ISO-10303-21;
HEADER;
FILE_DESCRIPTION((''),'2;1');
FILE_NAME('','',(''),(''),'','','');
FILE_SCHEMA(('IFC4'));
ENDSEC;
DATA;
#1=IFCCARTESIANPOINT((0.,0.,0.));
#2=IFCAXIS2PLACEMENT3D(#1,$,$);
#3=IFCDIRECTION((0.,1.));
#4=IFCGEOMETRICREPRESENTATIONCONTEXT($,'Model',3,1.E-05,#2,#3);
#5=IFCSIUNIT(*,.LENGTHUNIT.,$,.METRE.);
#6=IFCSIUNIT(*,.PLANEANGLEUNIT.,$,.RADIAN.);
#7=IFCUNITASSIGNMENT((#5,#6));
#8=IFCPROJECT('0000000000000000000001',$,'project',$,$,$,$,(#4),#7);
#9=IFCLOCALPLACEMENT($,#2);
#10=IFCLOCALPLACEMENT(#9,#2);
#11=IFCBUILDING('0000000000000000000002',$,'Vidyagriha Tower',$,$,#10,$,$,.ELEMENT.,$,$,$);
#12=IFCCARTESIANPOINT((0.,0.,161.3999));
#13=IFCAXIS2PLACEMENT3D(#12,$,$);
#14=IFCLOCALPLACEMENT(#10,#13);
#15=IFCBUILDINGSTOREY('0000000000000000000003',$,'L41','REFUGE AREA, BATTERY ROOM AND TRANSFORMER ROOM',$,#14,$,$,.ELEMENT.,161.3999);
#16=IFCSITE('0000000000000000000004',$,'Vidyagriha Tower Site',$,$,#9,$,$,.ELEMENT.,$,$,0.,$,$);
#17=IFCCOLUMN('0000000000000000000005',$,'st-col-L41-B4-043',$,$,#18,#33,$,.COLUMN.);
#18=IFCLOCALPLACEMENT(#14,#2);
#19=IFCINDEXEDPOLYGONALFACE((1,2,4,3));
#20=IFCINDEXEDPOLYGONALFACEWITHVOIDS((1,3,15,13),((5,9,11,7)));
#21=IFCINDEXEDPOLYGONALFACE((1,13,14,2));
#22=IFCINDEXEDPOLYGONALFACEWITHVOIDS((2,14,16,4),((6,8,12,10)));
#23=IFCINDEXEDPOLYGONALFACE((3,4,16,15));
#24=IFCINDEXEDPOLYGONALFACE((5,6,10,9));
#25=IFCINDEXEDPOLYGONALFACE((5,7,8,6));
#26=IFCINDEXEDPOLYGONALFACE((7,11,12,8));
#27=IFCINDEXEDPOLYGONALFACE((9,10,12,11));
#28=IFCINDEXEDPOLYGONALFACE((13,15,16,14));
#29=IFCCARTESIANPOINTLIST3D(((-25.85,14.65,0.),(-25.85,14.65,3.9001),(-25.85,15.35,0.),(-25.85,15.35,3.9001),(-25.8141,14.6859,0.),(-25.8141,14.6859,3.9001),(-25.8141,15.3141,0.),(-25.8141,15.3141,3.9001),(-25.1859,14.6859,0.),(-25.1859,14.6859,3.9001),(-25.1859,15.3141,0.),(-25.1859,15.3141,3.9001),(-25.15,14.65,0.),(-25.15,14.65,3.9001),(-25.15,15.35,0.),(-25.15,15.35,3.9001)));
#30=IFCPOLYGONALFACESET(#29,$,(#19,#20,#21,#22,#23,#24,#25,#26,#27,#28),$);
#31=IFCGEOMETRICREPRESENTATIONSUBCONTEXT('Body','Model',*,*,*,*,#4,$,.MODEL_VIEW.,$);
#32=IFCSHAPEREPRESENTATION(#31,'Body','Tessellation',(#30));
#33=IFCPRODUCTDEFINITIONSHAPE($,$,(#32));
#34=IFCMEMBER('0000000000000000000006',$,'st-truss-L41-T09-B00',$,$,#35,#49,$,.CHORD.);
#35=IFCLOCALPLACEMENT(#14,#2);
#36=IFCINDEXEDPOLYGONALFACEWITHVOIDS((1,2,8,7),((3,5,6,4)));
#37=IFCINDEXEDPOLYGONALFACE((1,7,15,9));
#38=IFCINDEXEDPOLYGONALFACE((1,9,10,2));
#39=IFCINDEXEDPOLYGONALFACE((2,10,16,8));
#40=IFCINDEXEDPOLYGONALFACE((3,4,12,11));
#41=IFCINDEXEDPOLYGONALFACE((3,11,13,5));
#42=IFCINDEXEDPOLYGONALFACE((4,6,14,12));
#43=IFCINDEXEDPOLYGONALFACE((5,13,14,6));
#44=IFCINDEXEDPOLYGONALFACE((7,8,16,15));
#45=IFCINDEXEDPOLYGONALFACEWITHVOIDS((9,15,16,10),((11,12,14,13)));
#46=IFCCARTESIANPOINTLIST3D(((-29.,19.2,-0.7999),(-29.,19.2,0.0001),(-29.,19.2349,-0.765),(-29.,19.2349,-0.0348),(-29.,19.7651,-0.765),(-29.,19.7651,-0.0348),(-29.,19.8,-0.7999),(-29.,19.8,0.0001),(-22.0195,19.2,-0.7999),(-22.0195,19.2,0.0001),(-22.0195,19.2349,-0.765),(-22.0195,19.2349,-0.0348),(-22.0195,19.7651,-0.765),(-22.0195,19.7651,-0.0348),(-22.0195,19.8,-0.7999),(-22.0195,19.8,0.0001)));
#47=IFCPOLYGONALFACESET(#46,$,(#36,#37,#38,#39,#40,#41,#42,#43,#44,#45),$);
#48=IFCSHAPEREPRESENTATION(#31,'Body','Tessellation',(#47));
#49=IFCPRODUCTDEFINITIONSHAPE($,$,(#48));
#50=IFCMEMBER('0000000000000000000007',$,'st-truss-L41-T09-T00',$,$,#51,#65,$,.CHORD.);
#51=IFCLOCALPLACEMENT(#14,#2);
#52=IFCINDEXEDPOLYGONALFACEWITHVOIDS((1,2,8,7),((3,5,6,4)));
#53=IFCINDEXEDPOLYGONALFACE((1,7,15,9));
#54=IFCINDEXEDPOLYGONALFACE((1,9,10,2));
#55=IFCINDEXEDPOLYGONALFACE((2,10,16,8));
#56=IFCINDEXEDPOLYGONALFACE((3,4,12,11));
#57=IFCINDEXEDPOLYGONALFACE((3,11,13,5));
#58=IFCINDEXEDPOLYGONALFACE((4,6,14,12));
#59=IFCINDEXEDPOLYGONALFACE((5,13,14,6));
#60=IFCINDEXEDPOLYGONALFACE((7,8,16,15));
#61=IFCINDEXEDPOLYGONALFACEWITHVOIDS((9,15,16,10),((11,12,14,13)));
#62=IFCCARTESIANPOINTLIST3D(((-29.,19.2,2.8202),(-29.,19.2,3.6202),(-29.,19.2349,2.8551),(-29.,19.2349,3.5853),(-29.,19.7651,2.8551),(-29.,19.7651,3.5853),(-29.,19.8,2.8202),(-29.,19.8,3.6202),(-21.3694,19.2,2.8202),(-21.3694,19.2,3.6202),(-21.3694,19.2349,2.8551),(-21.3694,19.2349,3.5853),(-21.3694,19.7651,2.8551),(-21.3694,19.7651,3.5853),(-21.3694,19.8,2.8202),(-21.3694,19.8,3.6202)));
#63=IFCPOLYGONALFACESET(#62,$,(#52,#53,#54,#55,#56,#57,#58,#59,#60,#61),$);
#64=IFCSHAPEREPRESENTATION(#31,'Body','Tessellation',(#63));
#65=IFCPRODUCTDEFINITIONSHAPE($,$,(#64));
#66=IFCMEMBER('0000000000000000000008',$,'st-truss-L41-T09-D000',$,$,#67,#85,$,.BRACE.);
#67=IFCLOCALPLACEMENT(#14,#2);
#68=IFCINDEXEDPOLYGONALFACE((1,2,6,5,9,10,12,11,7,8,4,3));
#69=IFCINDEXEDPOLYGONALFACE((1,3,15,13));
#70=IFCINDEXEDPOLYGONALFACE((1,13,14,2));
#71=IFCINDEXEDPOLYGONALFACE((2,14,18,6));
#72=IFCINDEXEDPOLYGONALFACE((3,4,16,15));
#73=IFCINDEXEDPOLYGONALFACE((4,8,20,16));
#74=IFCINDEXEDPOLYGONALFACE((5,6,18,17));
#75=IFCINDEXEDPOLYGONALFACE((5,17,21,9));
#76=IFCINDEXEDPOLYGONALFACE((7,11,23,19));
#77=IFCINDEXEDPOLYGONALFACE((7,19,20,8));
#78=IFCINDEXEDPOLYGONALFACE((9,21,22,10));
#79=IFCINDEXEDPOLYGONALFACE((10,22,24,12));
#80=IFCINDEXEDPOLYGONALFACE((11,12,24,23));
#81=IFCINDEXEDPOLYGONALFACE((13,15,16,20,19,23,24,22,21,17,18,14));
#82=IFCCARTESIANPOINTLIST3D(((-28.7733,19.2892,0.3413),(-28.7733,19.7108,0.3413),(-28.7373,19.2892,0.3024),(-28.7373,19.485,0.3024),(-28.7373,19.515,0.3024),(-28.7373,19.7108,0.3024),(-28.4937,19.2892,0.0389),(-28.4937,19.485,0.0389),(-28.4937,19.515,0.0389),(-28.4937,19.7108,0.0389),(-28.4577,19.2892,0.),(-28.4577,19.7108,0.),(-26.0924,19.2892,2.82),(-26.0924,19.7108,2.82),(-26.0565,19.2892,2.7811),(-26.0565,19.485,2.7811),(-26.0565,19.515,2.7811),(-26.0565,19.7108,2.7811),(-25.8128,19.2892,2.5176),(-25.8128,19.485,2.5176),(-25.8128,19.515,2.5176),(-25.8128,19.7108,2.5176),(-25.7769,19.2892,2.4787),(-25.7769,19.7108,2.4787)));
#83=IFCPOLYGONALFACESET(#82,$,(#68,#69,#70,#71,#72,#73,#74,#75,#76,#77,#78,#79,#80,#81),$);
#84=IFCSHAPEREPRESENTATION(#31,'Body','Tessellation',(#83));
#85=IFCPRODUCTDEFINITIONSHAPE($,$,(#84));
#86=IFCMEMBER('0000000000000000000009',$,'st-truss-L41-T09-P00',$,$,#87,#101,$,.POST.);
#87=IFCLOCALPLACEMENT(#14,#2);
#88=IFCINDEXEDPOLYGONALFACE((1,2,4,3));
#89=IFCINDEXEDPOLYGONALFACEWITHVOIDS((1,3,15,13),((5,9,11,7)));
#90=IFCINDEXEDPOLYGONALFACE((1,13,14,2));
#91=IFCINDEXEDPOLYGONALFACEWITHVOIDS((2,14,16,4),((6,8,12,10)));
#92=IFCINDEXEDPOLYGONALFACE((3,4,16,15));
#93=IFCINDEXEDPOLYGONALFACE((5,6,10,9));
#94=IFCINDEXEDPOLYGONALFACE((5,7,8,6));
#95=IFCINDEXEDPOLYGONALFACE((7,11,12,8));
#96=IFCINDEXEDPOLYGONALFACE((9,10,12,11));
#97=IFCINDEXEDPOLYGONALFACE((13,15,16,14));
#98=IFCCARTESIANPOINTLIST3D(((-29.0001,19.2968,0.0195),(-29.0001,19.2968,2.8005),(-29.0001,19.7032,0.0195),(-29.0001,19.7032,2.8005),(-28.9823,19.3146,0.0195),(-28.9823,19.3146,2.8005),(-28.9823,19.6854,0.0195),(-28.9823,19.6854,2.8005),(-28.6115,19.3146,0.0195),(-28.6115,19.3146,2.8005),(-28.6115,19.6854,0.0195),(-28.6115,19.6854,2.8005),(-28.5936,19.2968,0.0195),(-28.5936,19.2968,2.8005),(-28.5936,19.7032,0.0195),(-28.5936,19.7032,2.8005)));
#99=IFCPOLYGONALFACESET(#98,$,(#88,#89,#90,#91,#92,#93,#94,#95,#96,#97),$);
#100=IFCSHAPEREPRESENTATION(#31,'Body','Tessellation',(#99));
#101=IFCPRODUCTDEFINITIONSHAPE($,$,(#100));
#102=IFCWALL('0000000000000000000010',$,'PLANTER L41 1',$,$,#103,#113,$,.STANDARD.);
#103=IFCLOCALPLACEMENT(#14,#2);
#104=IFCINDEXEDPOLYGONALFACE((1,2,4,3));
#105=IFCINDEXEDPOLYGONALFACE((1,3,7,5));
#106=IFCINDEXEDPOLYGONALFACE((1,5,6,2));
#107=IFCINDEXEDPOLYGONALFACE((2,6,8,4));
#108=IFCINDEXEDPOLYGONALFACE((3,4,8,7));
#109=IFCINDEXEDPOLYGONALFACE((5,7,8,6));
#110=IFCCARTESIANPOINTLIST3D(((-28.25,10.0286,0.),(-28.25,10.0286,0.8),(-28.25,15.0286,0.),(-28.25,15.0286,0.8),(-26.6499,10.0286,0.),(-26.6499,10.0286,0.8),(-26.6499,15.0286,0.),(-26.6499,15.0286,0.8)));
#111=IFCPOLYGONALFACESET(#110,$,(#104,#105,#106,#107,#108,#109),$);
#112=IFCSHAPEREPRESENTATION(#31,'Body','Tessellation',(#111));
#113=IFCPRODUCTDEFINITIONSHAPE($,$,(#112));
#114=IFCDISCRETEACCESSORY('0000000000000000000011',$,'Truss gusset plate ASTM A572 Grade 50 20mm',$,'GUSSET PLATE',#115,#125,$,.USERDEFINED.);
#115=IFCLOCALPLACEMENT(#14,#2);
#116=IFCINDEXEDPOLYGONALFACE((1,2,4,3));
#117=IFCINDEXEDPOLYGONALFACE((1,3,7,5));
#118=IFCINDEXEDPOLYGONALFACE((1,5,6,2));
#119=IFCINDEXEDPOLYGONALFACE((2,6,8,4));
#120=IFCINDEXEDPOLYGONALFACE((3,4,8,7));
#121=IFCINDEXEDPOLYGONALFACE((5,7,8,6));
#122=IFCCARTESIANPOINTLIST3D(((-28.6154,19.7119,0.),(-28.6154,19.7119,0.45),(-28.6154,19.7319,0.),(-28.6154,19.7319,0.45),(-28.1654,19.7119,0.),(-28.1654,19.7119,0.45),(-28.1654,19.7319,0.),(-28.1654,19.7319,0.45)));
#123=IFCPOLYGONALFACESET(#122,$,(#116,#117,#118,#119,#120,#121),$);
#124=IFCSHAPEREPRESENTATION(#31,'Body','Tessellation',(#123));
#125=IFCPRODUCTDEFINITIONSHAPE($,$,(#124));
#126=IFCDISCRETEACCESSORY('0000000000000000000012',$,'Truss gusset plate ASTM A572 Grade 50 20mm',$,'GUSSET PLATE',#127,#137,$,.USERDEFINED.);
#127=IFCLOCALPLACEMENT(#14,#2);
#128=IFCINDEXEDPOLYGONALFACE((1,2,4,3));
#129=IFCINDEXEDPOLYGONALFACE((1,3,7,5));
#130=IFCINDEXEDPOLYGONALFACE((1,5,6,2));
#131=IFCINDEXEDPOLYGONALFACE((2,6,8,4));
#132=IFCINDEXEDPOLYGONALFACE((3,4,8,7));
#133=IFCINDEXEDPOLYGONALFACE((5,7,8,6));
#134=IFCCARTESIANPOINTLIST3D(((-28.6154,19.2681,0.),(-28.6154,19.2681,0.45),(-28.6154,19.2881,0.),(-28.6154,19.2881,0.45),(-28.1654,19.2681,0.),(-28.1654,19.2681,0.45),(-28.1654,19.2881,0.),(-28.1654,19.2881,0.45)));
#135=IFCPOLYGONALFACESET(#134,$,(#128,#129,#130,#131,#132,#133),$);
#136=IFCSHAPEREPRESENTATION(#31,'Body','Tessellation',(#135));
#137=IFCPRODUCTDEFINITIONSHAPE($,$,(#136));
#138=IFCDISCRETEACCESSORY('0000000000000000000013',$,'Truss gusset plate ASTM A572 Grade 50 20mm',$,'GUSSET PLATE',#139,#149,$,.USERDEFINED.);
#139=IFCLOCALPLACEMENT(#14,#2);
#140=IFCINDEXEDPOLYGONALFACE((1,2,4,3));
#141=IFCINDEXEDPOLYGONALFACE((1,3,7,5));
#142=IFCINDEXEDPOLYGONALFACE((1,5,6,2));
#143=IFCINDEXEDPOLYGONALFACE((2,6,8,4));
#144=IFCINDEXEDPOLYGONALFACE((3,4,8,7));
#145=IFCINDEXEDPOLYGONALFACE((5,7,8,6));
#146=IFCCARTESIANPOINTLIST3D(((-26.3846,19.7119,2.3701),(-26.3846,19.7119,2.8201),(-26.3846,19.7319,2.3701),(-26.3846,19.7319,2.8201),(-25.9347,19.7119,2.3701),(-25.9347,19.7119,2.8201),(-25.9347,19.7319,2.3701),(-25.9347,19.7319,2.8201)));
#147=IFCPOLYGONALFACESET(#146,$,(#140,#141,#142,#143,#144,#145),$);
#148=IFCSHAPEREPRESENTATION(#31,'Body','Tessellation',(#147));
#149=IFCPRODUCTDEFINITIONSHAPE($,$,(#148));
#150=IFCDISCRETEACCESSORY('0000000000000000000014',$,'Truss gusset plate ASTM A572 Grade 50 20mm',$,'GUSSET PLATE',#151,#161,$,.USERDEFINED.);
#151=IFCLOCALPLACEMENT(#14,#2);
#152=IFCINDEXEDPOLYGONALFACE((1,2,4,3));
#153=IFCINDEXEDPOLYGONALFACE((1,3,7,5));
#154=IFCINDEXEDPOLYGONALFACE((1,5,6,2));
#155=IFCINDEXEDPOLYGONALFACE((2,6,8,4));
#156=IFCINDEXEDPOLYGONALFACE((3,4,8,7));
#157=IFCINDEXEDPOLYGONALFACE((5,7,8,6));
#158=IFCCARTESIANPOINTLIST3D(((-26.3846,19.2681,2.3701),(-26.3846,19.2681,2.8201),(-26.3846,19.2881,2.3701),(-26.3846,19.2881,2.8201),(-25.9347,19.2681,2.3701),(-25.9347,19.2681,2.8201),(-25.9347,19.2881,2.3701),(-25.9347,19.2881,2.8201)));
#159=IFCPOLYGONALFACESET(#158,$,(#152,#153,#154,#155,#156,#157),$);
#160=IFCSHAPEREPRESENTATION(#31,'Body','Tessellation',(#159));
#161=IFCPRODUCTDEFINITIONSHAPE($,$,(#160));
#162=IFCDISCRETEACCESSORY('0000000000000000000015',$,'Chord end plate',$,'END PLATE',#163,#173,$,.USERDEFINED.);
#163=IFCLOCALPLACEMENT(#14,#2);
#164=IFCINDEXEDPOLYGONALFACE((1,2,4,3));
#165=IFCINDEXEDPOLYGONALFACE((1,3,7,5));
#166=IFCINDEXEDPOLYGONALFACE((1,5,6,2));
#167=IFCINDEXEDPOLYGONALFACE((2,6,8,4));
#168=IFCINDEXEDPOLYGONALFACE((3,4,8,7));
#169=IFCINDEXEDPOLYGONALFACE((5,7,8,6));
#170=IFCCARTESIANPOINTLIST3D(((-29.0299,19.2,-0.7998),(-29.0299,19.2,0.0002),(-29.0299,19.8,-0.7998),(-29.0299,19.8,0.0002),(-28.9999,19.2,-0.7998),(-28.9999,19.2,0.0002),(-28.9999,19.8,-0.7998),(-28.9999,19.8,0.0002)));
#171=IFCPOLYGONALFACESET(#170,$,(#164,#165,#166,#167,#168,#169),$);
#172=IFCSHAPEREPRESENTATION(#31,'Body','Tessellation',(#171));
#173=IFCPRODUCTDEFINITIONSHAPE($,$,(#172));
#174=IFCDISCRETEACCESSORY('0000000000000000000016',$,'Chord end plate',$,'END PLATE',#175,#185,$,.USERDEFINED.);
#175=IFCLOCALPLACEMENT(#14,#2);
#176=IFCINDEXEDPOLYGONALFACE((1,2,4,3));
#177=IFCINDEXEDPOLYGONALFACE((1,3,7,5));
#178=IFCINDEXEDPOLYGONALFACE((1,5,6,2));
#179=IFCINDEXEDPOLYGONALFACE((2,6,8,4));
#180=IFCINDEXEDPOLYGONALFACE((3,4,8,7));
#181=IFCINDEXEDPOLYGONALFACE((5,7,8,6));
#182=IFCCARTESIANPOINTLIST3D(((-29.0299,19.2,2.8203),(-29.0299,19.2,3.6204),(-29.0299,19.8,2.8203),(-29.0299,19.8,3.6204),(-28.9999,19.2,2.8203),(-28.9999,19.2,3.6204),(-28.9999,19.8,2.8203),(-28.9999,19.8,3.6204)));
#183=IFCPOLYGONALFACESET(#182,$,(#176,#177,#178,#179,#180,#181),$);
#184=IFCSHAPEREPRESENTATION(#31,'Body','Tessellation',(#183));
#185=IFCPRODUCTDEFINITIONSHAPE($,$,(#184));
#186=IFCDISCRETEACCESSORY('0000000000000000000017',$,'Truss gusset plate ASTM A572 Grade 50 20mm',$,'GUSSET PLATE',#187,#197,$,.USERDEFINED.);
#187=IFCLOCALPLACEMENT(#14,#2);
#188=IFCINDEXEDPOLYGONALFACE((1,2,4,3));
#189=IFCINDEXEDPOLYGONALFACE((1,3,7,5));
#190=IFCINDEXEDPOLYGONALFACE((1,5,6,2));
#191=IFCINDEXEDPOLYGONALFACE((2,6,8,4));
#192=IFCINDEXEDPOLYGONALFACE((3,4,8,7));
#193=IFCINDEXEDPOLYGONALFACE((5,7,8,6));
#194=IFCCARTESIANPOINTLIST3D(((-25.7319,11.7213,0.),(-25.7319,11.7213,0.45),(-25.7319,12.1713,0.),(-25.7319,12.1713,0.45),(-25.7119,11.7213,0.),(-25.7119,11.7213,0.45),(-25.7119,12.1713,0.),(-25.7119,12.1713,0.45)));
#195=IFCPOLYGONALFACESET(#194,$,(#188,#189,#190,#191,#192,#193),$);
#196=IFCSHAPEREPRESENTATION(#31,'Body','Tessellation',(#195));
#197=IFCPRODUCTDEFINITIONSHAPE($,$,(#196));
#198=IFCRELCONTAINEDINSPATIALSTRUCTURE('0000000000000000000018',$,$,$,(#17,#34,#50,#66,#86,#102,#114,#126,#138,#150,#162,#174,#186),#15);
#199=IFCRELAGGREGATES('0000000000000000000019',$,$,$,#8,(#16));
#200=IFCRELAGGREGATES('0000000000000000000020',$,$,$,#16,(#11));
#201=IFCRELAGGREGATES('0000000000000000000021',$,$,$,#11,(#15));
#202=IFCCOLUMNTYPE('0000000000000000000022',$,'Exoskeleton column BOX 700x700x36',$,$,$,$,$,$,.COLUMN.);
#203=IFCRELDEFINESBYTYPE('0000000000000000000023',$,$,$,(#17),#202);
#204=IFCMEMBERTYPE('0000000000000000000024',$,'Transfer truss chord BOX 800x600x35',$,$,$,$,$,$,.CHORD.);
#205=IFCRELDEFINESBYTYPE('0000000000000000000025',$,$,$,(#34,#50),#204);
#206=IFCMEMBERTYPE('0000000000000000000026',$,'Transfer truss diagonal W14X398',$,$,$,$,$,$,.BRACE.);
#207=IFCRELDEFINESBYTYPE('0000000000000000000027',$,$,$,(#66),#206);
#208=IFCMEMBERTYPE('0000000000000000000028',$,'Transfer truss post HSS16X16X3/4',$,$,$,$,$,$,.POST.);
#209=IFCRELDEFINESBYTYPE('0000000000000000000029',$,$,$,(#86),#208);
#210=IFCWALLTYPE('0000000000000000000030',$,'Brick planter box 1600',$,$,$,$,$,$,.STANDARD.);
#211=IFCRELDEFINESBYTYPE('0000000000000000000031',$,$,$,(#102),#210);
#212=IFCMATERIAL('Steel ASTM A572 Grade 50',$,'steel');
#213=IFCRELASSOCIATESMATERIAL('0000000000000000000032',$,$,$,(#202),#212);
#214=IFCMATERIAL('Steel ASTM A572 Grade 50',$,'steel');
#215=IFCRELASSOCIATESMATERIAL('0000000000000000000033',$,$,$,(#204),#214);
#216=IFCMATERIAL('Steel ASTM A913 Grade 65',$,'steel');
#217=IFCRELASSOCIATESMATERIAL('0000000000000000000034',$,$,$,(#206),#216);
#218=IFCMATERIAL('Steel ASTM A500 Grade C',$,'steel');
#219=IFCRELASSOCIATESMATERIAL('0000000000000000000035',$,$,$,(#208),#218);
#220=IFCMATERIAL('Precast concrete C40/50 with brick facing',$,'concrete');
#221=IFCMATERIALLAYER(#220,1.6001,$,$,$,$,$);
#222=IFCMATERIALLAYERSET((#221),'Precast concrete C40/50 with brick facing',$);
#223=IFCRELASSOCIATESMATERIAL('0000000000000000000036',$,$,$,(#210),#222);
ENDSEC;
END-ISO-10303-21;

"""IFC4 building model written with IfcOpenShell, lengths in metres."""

from ifc_helpers import new_model, si_unit, direction, frame, frame_2d, origin, origin_2d, place, context, subcontext, project, spatial, rectangle, hollow_rectangle, i_section, extrude, material, layer, layer_set, material_profile, profile_set, type_object, element, save


model = new_model("IFC4")

# Units and contexts
model_context = context("Model", 3, precision=1e-05, world=origin(), true_north=direction((0.0, 1.0)))
body_context = subcontext(model_context, "Body", "Model", "MODEL_VIEW")
ifc_project = project(units=[si_unit("LENGTHUNIT", "METRE"), si_unit("PLANEANGLEUNIT", "RADIAN")], contexts=[model_context])

# Site, building, storey
site_placement = place(None, origin())
site = spatial("IfcSite", under=ifc_project, at=site_placement, Name="Vidyagriha Tower Site", CompositionType="ELEMENT", RefElevation=0.0)
building_placement = place(site_placement, origin())
building = spatial("IfcBuilding", under=site, at=building_placement, Name="Vidyagriha Tower", CompositionType="ELEMENT")
storey_placement = place(building_placement, frame((0.0, 0.0, 161.3999)))
storey = spatial("IfcBuildingStorey", under=building, at=storey_placement, Name="L41", Description="REFUGE AREA, BATTERY ROOM AND TRANSFORMER ROOM", CompositionType="ELEMENT", Elevation=161.3999)

# Column
ifc_material_1 = material(Name="Steel ASTM A572 Grade 50", Category="steel")
ifc_material_profile_1 = material_profile(ifc_material_1, hollow_rectangle(XDim=0.7, YDim=0.7, WallThickness=0.0359, at=origin_2d()), Name="BOX 700x700x36")
ifc_profile_set_1 = profile_set([ifc_material_profile_1], Name="Steel ASTM A572 Grade 50")
column_type = type_object("IfcColumnType", Name="Exoskeleton column BOX 700x700x36", PredefinedType="COLUMN", material=ifc_profile_set_1)
column_placement = place(storey_placement, frame((-25.5, 15.0, 0.0)))
element("IfcColumn", 1, at=column_placement, inside=storey, type_object=column_type, Name="st-col-L41-B4-043", PredefinedType="COLUMN", context=body_context, shape_type="SweptSolid", body=[
    extrude(hollow_rectangle(XDim=0.7, YDim=0.7, WallThickness=0.0359, at=origin_2d()), origin(), (0.0, 0.0, 1.0), 3.9001),
])

# Members
ifc_material_2 = material(Name="Steel ASTM A572 Grade 50", Category="steel")
ifc_material_profile_2 = material_profile(ifc_material_2, hollow_rectangle(XDim=0.6001, YDim=0.8, WallThickness=0.0349, at=origin_2d()), Name="BOX 800x600x35")
ifc_profile_set_2 = profile_set([ifc_material_profile_2], Name="Steel ASTM A572 Grade 50")
member_type_1 = type_object("IfcMemberType", Name="Transfer truss chord BOX 800x600x35", PredefinedType="CHORD", material=ifc_profile_set_2)
member_1_placement = place(storey_placement, frame((-29.0, 19.5, -0.3999), z_axis=(1.0, 0.0, 0.0), x_axis=(0.0, 1.0, 0.0)))
element("IfcMember", 2, at=member_1_placement, inside=storey, type_object=member_type_1, Name="st-truss-L41-T09-B00", PredefinedType="CHORD", context=body_context, shape_type="SweptSolid", body=[
    extrude(hollow_rectangle(XDim=0.6001, YDim=0.8, WallThickness=0.0349, at=origin_2d()), origin(), (0.0, 0.0, 1.0), 6.9805),
])
member_2_placement = place(storey_placement, frame((-29.0, 19.5, 3.2202), z_axis=(1.0, 0.0, 0.0), x_axis=(0.0, 1.0, 0.0)))
element("IfcMember", 3, at=member_2_placement, inside=storey, type_object=member_type_1, Name="st-truss-L41-T09-T00", PredefinedType="CHORD", context=body_context, shape_type="SweptSolid", body=[
    extrude(hollow_rectangle(XDim=0.6001, YDim=0.8, WallThickness=0.0349, at=origin_2d()), origin(), (0.0, 0.0, 1.0), 7.6306),
])
ifc_material_3 = material(Name="Steel ASTM A913 Grade 65", Category="steel")
ifc_material_profile_3 = material_profile(ifc_material_3, i_section(OverallWidth=0.4216, OverallDepth=0.4648, WebThickness=0.03, FlangeThickness=0.053, at=origin_2d()), Name="W14X398")
ifc_profile_set_3 = profile_set([ifc_material_profile_3], Name="Steel ASTM A913 Grade 65")
member_type_2 = type_object("IfcMemberType", Name="Transfer truss diagonal W14X398", PredefinedType="BRACE", material=ifc_profile_set_3)
member_3_placement = place(storey_placement, frame((-28.6155, 19.5, 0.1707), z_axis=(0.734247, 0.0, 0.678883), x_axis=(0.0, 1.0, 0.0)))
element("IfcMember", 4, at=member_3_placement, inside=storey, type_object=member_type_2, Name="st-truss-L41-T09-D000", PredefinedType="BRACE", context=body_context, shape_type="SweptSolid", body=[
    extrude(i_section(OverallWidth=0.4216, OverallDepth=0.4648, WebThickness=0.03, FlangeThickness=0.053, at=origin_2d()), origin(), (0.0, 0.0, 1.0), 3.6511),
])
ifc_material_4 = material(Name="Steel ASTM A500 Grade C", Category="steel")
ifc_material_profile_4 = material_profile(ifc_material_4, hollow_rectangle(XDim=0.4065, YDim=0.4065, WallThickness=0.0178, at=origin_2d()), Name="HSS16X16X3/4")
ifc_profile_set_4 = profile_set([ifc_material_profile_4], Name="Steel ASTM A500 Grade C")
member_type_3 = type_object("IfcMemberType", Name="Transfer truss post HSS16X16X3/4", PredefinedType="POST", material=ifc_profile_set_4)
member_4_placement = place(storey_placement, frame((-28.7969, 19.5, 0.0195)))
element("IfcMember", 5, at=member_4_placement, inside=storey, type_object=member_type_3, Name="st-truss-L41-T09-P00", PredefinedType="POST", context=body_context, shape_type="SweptSolid", body=[
    extrude(hollow_rectangle(XDim=0.4065, YDim=0.4065, WallThickness=0.0178, at=origin_2d()), origin(), (0.0, 0.0, 1.0), 2.781),
])

# Wall
ifc_material_5 = material(Name="Precast concrete C40/50 with brick facing", Category="concrete")
ifc_layer = layer(ifc_material_5, 1.6001)
ifc_layer_set = layer_set([ifc_layer], Name="Precast concrete C40/50 with brick facing")
wall_type = type_object("IfcWallType", Name="Brick planter box 1600", PredefinedType="STANDARD", material=ifc_layer_set)
wall_placement = place(storey_placement, frame((-27.45, 15.0286, 0.0), z_axis=(0.0, 0.0, 1.0), x_axis=(0.0, -1.0, 0.0)))
element("IfcWall", 6, at=wall_placement, inside=storey, type_object=wall_type, Name="PLANTER L41 1", PredefinedType="STANDARD", context=body_context, shape_type="SweptSolid", body=[
    extrude(rectangle(XDim=5.0, YDim=1.6001, at=frame_2d((2.5, 0.0))), origin(), (0.0, 0.0, 1.0), 0.8),
])

# Discrete accessories
for number, where, name in (
    (7, (-28.3904, 19.7219, 0.0), "Truss gusset plate ASTM A572 Grade 50 20mm"),
    (8, (-28.3904, 19.2781, 0.0), "Truss gusset plate ASTM A572 Grade 50 20mm"),
    (9, (-26.1597, 19.7219, 2.3701), "Truss gusset plate ASTM A572 Grade 50 20mm"),
    (10, (-26.1597, 19.2781, 2.3701), "Truss gusset plate ASTM A572 Grade 50 20mm"),
):
    element("IfcDiscreteAccessory", number, at=place(storey_placement, frame(where)), inside=storey, Name=name, ObjectType="GUSSET PLATE", PredefinedType="USERDEFINED", context=body_context, shape_type="SweptSolid", body=[
        extrude(rectangle(XDim=0.45, YDim=0.02, at=origin_2d()), origin(), (0.0, 0.0, 1.0), 0.45),
    ])
for number, where, z_axis, x_axis, name in (
    (11, (-29.0149, 19.5, -0.7998), (0.0, 0.0, 1.0), (-1.0, 0.0, 0.0), "Chord end plate"),
    (12, (-29.0149, 19.5, 2.8203), (0.0, 0.0, 1.0), (-1.0, 0.0, 0.0), "Chord end plate"),
):
    element("IfcDiscreteAccessory", number, at=place(storey_placement, frame(where, z_axis=z_axis, x_axis=x_axis)), inside=storey, Name=name, ObjectType="END PLATE", PredefinedType="USERDEFINED", context=body_context, shape_type="SweptSolid", body=[
        extrude(rectangle(XDim=0.03, YDim=0.6001, at=origin_2d()), origin(), (0.0, 0.0, 1.0), 0.8),
    ])
for number, where, z_axis, x_axis, name in (
    (13, (-25.7219, 11.9463, 0.0), (0.0, 0.0, 1.0), (0.0, 1.0, 0.0), "Truss gusset plate ASTM A572 Grade 50 20mm"),
):
    element("IfcDiscreteAccessory", number, at=place(storey_placement, frame(where, z_axis=z_axis, x_axis=x_axis)), inside=storey, Name=name, ObjectType="GUSSET PLATE", PredefinedType="USERDEFINED", context=body_context, shape_type="SweptSolid", body=[
        extrude(rectangle(XDim=0.45, YDim=0.02, at=origin_2d()), origin(), (0.0, 0.0, 1.0), 0.45),
    ])

save(model, "model.ifc")
